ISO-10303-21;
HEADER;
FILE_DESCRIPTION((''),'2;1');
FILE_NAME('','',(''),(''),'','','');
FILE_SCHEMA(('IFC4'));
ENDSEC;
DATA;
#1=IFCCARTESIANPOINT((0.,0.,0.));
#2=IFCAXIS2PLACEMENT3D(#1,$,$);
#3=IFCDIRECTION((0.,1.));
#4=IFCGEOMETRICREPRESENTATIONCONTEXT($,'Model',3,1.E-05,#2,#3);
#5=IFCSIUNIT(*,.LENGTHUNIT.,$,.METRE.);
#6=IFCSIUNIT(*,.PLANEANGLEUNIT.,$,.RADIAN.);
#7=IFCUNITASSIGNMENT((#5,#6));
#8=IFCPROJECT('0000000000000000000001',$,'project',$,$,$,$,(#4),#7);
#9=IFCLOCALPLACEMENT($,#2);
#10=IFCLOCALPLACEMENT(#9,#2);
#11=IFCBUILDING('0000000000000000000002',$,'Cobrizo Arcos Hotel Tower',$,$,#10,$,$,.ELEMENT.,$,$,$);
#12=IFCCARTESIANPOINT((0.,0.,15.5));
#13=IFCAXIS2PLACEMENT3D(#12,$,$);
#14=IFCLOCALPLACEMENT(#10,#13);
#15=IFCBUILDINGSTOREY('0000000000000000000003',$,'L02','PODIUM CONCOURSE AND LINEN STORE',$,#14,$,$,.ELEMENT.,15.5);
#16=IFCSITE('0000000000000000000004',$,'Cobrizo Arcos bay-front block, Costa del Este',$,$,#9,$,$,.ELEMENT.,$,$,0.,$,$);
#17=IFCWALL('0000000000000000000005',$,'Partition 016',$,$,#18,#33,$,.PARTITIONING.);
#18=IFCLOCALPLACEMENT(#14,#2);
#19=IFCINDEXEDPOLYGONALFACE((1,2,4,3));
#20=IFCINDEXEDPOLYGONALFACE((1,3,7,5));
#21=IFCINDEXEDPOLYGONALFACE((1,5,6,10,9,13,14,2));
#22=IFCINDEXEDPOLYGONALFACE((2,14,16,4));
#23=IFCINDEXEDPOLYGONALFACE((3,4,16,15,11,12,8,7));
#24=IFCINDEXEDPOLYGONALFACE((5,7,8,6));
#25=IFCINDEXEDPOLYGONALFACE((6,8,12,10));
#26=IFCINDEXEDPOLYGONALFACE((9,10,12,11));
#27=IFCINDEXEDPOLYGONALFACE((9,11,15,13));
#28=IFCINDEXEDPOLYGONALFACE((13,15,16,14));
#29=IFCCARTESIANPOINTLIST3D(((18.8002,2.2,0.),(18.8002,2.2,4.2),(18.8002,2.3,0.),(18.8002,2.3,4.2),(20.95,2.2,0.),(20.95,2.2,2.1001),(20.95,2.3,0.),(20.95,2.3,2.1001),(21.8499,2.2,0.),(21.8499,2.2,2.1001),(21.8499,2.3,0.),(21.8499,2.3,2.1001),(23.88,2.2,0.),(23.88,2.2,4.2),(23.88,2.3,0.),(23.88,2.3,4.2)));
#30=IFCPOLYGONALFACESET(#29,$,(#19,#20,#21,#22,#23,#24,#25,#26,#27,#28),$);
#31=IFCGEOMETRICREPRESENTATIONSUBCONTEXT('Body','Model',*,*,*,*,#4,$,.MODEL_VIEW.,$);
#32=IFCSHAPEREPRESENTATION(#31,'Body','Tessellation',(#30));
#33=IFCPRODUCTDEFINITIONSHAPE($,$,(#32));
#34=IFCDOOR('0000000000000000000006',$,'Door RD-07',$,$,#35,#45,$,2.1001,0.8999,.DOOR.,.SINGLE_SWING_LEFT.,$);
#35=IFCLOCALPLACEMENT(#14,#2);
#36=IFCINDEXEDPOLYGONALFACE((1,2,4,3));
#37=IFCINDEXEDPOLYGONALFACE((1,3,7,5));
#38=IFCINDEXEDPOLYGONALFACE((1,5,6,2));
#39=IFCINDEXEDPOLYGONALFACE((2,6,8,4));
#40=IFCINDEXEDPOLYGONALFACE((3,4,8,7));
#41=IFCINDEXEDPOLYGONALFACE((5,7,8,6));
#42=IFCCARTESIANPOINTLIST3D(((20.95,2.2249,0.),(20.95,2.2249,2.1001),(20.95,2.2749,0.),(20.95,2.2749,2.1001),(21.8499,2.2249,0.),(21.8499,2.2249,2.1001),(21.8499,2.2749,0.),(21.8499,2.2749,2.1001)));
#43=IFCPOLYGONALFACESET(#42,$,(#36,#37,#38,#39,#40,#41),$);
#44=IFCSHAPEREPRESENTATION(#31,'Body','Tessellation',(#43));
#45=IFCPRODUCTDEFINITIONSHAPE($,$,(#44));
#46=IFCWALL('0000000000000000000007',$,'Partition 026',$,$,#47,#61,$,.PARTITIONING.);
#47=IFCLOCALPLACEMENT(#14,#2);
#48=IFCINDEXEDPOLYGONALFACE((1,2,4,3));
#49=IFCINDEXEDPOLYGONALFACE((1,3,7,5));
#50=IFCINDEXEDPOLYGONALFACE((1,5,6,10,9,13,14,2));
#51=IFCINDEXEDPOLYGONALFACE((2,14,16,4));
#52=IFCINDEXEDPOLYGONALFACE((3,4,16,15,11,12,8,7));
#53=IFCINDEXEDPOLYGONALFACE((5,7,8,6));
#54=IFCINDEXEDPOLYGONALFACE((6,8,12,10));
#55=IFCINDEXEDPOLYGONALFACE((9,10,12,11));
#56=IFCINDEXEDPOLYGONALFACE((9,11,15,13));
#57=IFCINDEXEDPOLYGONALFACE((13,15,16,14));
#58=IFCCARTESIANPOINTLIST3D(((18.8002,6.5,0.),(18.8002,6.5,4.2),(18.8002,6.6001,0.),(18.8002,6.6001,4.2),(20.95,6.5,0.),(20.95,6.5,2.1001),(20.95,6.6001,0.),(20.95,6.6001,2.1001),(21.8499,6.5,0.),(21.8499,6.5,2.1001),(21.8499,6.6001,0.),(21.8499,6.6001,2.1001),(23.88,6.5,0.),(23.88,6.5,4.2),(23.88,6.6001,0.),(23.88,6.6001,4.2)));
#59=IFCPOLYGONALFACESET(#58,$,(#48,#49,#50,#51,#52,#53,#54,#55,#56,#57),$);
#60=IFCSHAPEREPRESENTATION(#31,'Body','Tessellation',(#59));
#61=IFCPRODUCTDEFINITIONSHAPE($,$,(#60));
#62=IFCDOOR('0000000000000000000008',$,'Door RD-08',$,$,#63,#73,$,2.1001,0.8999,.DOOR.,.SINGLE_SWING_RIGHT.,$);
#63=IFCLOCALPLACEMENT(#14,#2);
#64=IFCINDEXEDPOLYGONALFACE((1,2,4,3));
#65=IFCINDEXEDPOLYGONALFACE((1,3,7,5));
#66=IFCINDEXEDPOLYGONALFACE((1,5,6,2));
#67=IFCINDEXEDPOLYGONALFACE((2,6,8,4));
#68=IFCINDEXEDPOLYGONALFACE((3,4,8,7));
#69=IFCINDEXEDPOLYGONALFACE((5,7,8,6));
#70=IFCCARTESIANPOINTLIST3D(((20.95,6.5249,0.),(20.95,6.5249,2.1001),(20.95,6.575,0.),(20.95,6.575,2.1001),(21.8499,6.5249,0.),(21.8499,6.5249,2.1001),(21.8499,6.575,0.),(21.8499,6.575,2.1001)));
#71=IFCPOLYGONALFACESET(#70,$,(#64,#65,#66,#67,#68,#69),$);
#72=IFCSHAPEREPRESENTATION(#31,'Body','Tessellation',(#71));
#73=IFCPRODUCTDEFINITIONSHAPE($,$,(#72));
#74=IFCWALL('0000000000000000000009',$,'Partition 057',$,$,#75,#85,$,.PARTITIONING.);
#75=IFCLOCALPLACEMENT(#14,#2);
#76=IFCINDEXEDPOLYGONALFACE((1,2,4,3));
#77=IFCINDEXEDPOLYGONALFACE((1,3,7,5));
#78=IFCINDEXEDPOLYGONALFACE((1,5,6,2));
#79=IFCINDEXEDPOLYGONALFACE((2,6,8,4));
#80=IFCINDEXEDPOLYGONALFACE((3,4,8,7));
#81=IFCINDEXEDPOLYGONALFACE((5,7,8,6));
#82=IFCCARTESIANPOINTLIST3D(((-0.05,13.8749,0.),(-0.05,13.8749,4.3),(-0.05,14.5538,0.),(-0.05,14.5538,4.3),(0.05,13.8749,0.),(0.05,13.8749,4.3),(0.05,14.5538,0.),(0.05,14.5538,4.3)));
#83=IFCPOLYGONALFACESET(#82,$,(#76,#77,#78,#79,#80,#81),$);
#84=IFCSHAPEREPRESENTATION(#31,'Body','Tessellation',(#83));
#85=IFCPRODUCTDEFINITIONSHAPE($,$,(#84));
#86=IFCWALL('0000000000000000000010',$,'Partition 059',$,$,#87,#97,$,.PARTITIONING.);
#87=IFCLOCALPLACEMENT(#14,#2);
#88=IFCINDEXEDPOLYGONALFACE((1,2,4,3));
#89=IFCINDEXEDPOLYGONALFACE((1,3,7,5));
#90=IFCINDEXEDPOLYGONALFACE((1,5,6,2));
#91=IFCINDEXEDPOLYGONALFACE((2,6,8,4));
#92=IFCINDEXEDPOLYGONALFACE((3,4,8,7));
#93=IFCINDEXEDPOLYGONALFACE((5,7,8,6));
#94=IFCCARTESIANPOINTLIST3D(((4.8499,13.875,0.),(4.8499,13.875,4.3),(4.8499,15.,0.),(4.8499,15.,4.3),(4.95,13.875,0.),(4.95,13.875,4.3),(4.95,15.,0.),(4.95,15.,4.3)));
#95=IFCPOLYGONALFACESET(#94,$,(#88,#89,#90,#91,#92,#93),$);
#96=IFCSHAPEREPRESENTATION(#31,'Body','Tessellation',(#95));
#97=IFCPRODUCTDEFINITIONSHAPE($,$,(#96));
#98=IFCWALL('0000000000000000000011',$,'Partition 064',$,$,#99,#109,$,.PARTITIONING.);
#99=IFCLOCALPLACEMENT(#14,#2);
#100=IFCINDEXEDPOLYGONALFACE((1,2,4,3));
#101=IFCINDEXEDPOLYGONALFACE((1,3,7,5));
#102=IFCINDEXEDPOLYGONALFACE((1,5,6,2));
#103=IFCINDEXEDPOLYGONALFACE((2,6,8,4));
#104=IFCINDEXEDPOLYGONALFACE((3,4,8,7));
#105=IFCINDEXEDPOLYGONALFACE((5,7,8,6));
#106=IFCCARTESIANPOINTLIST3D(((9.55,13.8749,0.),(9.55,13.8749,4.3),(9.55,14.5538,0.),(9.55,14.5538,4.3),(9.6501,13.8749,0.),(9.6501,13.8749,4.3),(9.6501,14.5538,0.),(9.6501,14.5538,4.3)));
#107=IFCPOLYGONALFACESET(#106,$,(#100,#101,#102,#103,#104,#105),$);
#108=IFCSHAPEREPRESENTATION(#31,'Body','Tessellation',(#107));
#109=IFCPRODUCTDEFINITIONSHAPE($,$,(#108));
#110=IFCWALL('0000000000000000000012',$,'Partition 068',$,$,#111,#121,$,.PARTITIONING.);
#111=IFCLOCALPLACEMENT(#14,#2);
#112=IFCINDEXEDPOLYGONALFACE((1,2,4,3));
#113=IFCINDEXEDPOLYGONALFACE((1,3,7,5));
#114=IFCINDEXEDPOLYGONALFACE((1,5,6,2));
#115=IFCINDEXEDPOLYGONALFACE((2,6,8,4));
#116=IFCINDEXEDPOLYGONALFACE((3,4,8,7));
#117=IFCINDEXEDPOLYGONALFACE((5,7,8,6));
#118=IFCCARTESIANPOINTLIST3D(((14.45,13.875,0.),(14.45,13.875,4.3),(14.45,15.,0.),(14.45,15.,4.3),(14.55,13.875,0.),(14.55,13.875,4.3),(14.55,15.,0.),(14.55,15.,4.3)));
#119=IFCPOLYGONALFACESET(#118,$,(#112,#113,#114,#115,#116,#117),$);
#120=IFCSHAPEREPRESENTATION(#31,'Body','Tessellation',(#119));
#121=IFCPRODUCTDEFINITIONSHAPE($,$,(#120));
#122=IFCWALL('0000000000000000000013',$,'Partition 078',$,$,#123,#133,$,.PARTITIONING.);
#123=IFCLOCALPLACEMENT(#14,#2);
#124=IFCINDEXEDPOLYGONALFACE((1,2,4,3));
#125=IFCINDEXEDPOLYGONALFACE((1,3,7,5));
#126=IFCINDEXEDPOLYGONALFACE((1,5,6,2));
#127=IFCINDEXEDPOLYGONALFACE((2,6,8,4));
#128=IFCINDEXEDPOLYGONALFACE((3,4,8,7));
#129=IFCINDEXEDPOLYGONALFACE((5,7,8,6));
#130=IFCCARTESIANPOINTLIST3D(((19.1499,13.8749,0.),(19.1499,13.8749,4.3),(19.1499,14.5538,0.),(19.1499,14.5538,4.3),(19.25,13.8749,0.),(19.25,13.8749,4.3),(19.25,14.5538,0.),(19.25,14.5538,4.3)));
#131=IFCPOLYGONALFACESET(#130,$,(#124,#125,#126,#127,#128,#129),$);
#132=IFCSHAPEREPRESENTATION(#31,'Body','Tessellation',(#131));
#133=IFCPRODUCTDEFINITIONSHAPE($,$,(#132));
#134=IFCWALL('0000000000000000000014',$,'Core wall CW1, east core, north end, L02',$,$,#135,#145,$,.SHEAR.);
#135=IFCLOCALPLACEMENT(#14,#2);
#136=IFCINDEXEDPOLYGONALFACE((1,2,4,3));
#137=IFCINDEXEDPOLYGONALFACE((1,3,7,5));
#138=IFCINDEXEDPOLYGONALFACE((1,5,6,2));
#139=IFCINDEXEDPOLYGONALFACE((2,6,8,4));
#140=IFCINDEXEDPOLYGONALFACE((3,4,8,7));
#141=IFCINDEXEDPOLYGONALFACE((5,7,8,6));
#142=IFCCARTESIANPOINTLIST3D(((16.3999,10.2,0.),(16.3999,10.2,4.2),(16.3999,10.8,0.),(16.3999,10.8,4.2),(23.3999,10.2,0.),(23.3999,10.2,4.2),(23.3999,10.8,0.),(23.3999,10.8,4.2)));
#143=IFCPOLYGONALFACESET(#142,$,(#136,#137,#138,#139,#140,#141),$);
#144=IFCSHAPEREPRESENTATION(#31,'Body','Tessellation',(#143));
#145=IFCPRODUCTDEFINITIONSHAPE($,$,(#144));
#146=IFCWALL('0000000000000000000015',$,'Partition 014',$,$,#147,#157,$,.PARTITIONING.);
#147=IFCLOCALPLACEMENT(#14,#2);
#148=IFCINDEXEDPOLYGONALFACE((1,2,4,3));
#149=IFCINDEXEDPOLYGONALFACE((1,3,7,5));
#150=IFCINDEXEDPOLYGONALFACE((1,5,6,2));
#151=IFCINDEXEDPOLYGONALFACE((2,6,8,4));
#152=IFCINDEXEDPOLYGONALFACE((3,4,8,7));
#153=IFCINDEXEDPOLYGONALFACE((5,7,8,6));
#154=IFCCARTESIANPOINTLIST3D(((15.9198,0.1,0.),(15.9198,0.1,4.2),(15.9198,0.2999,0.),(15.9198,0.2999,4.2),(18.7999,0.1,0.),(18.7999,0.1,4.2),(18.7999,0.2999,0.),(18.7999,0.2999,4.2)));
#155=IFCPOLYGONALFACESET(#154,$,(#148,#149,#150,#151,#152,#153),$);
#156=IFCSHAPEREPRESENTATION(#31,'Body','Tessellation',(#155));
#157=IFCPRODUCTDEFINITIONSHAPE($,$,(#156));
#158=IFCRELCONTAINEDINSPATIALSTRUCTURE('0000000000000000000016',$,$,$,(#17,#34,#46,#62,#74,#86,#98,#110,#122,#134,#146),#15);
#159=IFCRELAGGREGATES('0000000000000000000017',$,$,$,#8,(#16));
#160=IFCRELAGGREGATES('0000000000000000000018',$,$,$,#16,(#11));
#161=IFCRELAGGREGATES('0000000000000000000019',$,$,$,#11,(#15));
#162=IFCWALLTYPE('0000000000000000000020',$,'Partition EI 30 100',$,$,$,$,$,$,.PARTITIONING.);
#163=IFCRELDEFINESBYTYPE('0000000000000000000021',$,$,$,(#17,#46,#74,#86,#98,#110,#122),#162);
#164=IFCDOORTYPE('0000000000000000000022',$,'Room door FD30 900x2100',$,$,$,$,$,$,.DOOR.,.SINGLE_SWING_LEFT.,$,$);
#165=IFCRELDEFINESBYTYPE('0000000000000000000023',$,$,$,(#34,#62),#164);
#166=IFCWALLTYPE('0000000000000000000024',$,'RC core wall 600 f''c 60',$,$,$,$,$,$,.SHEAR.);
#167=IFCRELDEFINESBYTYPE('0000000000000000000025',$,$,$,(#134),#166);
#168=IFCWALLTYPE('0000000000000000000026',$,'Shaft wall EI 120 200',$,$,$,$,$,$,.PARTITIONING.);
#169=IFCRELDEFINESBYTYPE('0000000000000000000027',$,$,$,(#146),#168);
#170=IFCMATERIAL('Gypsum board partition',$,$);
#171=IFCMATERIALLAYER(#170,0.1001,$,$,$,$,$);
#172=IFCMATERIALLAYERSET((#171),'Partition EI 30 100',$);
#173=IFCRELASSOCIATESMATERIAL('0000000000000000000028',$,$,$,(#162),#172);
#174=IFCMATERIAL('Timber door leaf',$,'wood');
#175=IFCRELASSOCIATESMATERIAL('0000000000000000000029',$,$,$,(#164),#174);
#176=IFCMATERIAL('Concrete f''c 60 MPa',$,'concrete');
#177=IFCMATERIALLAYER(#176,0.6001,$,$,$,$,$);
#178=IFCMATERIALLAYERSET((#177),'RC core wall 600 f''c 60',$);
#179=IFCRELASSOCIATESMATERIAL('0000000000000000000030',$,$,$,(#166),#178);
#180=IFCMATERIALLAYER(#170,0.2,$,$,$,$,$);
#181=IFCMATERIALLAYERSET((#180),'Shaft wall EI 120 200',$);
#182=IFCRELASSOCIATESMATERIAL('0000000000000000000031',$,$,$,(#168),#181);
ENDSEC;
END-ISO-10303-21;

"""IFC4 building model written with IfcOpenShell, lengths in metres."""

from ifc_helpers import new_model, si_unit, direction, frame, frame_2d, origin, place, context, subcontext, project, spatial, rectangle, extrude, material, layer, layer_set, type_object, element, fill, save


model = new_model("IFC4")

# Units and contexts
model_context = context("Model", 3, precision=1e-05, world=origin(), true_north=direction((0.0, 1.0)))
body_context = subcontext(model_context, "Body", "Model", "MODEL_VIEW")
ifc_project = project(units=[si_unit("LENGTHUNIT", "METRE"), si_unit("PLANEANGLEUNIT", "RADIAN")], contexts=[model_context])

# Site, building, storey
site_placement = place(None, origin())
site = spatial("IfcSite", under=ifc_project, at=site_placement, Name="Cobrizo Arcos bay-front block, Costa del Este", CompositionType="ELEMENT", RefElevation=0.0)
building_placement = place(site_placement, origin())
building = spatial("IfcBuilding", under=site, at=building_placement, Name="Cobrizo Arcos Hotel Tower", CompositionType="ELEMENT")
storey_placement = place(building_placement, frame((0.0, 0.0, 15.5)))
storey = spatial("IfcBuildingStorey", under=building, at=storey_placement, Name="L02", Description="PODIUM CONCOURSE AND LINEN STORE", CompositionType="ELEMENT", Elevation=15.5)

# Walls, openings, doors
ifc_material_1 = material(Name="Gypsum board partition")
ifc_layer_1 = layer(ifc_material_1, 0.1001)
ifc_layer_set_1 = layer_set([ifc_layer_1], Name="Partition EI 30 100")
wall_type_1 = type_object("IfcWallType", Name="Partition EI 30 100", PredefinedType="PARTITIONING", material=ifc_layer_set_1)
wall_1_placement = place(storey_placement, frame((18.8, 2.25, 0.0), z_axis=(0.0, 0.0, 1.0), x_axis=(1.0, 0.0, 0.0)))
wall_1 = element("IfcWall", 1, at=wall_1_placement, inside=storey, type_object=wall_type_1, Name="Partition 016", PredefinedType="PARTITIONING", context=body_context, shape_type="SweptSolid", body=[
    extrude(rectangle(XDim=5.0798, YDim=0.1001, at=frame_2d((2.54, 0.0))), origin(), (0.0, 0.0, 1.0), 4.2),
])
opening_1_placement = place(wall_1_placement, frame((2.1499, 0.0, 0.0)))
opening_1 = element("IfcOpeningElement", 2, at=opening_1_placement, cuts=wall_1, PredefinedType="OPENING", context=body_context, shape_type="SweptSolid", body=[
    extrude(rectangle(XDim=0.8999, YDim=2.1001, at=frame_2d((0.45, 1.05))), frame((0.0, 0.062, 0.0), z_axis=(0.0, -1.0, 0.0), x_axis=(1.0, 0.0, 0.0)), (0.0, 0.0, 1.0), 0.124),
])
ifc_material_2 = material(Name="Timber door leaf", Category="wood")
door_type_1 = type_object("IfcDoorType", Name="Room door FD30 900x2100", OperationType="SINGLE_SWING_LEFT", PredefinedType="DOOR", material=ifc_material_2)
door_1_placement = place(opening_1_placement, origin())
door_1 = element("IfcDoor", 3, at=door_1_placement, inside=storey, type_object=door_type_1, Name="Door RD-07", OperationType="SINGLE_SWING_LEFT", OverallHeight=2.1001, OverallWidth=0.8999, PredefinedType="DOOR", context=body_context, shape_type="SweptSolid", body=[
    extrude(rectangle(XDim=0.8999, YDim=2.1001, at=frame_2d((0.45, 1.05))), frame((0.0, 0.0249, 0.0), z_axis=(0.0, -1.0, 0.0), x_axis=(1.0, 0.0, 0.0)), (0.0, 0.0, 1.0), 0.05),
])
fill(opening_1, door_1)
wall_2_placement = place(storey_placement, frame((18.8, 6.55, 0.0), z_axis=(0.0, 0.0, 1.0), x_axis=(1.0, 0.0, 0.0)))
wall_2 = element("IfcWall", 4, at=wall_2_placement, inside=storey, type_object=wall_type_1, Name="Partition 026", PredefinedType="PARTITIONING", context=body_context, shape_type="SweptSolid", body=[
    extrude(rectangle(XDim=5.0798, YDim=0.1001, at=frame_2d((2.54, 0.0))), origin(), (0.0, 0.0, 1.0), 4.2),
])
opening_2_placement = place(wall_2_placement, frame((2.1499, 0.0, 0.0)))
opening_2 = element("IfcOpeningElement", 5, at=opening_2_placement, cuts=wall_2, PredefinedType="OPENING", context=body_context, shape_type="SweptSolid", body=[
    extrude(rectangle(XDim=0.8999, YDim=2.1001, at=frame_2d((0.45, 1.05))), frame((0.0, 0.062, 0.0), z_axis=(0.0, -1.0, 0.0), x_axis=(1.0, 0.0, 0.0)), (0.0, 0.0, 1.0), 0.124),
])
door_2_placement = place(opening_2_placement, origin())
door_2 = element("IfcDoor", 6, at=door_2_placement, inside=storey, type_object=door_type_1, Name="Door RD-08", OperationType="SINGLE_SWING_RIGHT", OverallHeight=2.1001, OverallWidth=0.8999, PredefinedType="DOOR", context=body_context, shape_type="SweptSolid", body=[
    extrude(rectangle(XDim=0.8999, YDim=2.1001, at=frame_2d((0.45, 1.05))), frame((0.0, 0.0249, 0.0), z_axis=(0.0, -1.0, 0.0), x_axis=(1.0, 0.0, 0.0)), (0.0, 0.0, 1.0), 0.05),
])
fill(opening_2, door_2)

# Walls
wall_3_placement = place(storey_placement, frame((0.0, 13.875, 0.0), z_axis=(0.0, 0.0, 1.0), x_axis=(0.0, 1.0, 0.0)))
element("IfcWall", 7, at=wall_3_placement, inside=storey, type_object=wall_type_1, Name="Partition 057", PredefinedType="PARTITIONING", context=body_context, shape_type="SweptSolid", body=[
    extrude(rectangle(XDim=0.679, YDim=0.1001, at=frame_2d((0.3394, 0.0))), origin(), (0.0, 0.0, 1.0), 4.3),
])
wall_4_placement = place(storey_placement, frame((4.8999, 13.875, 0.0), z_axis=(0.0, 0.0, 1.0), x_axis=(0.0, 1.0, 0.0)))
element("IfcWall", 8, at=wall_4_placement, inside=storey, type_object=wall_type_1, Name="Partition 059", PredefinedType="PARTITIONING", context=body_context, shape_type="SweptSolid", body=[
    extrude(rectangle(XDim=1.125, YDim=0.1001, at=frame_2d((0.5625, 0.0))), origin(), (0.0, 0.0, 1.0), 4.3),
])
wall_5_placement = place(storey_placement, frame((9.6001, 13.875, 0.0), z_axis=(0.0, 0.0, 1.0), x_axis=(0.0, 1.0, 0.0)))
element("IfcWall", 9, at=wall_5_placement, inside=storey, type_object=wall_type_1, Name="Partition 064", PredefinedType="PARTITIONING", context=body_context, shape_type="SweptSolid", body=[
    extrude(rectangle(XDim=0.679, YDim=0.1001, at=frame_2d((0.3394, 0.0))), origin(), (0.0, 0.0, 1.0), 4.3),
])
wall_6_placement = place(storey_placement, frame((14.5, 13.875, 0.0), z_axis=(0.0, 0.0, 1.0), x_axis=(0.0, 1.0, 0.0)))
element("IfcWall", 10, at=wall_6_placement, inside=storey, type_object=wall_type_1, Name="Partition 068", PredefinedType="PARTITIONING", context=body_context, shape_type="SweptSolid", body=[
    extrude(rectangle(XDim=1.125, YDim=0.1001, at=frame_2d((0.5625, 0.0))), origin(), (0.0, 0.0, 1.0), 4.3),
])
wall_7_placement = place(storey_placement, frame((19.2, 13.875, 0.0), z_axis=(0.0, 0.0, 1.0), x_axis=(0.0, 1.0, 0.0)))
element("IfcWall", 11, at=wall_7_placement, inside=storey, type_object=wall_type_1, Name="Partition 078", PredefinedType="PARTITIONING", context=body_context, shape_type="SweptSolid", body=[
    extrude(rectangle(XDim=0.679, YDim=0.1001, at=frame_2d((0.3394, 0.0))), origin(), (0.0, 0.0, 1.0), 4.3),
])
ifc_material_3 = material(Name="Concrete f'c 60 MPa", Category="concrete")
ifc_layer_2 = layer(ifc_material_3, 0.6001)
ifc_layer_set_2 = layer_set([ifc_layer_2], Name="RC core wall 600 f'c 60")
wall_type_2 = type_object("IfcWallType", Name="RC core wall 600 f'c 60", PredefinedType="SHEAR", material=ifc_layer_set_2)
wall_8_placement = place(storey_placement, frame((16.3999, 10.5, 0.0), z_axis=(0.0, 0.0, 1.0), x_axis=(1.0, 0.0, 0.0)))
element("IfcWall", 12, at=wall_8_placement, inside=storey, type_object=wall_type_2, Name="Core wall CW1, east core, north end, L02", PredefinedType="SHEAR", context=body_context, shape_type="SweptSolid", body=[
    extrude(rectangle(XDim=7.0, YDim=0.6001, at=frame_2d((3.5, 0.0))), origin(), (0.0, 0.0, 1.0), 4.2),
])
ifc_layer_3 = layer(ifc_material_1, 0.2)
ifc_layer_set_3 = layer_set([ifc_layer_3], Name="Shaft wall EI 120 200")
wall_type_3 = type_object("IfcWallType", Name="Shaft wall EI 120 200", PredefinedType="PARTITIONING", material=ifc_layer_set_3)
wall_9_placement = place(storey_placement, frame((15.9199, 0.2, 0.0), z_axis=(0.0, 0.0, 1.0), x_axis=(1.0, 0.0, 0.0)))
element("IfcWall", 13, at=wall_9_placement, inside=storey, type_object=wall_type_3, Name="Partition 014", PredefinedType="PARTITIONING", context=body_context, shape_type="SweptSolid", body=[
    extrude(rectangle(XDim=2.8801, YDim=0.2, at=frame_2d((1.4399, 0.0))), origin(), (0.0, 0.0, 1.0), 4.2),
])

save(model, "model.ifc")
